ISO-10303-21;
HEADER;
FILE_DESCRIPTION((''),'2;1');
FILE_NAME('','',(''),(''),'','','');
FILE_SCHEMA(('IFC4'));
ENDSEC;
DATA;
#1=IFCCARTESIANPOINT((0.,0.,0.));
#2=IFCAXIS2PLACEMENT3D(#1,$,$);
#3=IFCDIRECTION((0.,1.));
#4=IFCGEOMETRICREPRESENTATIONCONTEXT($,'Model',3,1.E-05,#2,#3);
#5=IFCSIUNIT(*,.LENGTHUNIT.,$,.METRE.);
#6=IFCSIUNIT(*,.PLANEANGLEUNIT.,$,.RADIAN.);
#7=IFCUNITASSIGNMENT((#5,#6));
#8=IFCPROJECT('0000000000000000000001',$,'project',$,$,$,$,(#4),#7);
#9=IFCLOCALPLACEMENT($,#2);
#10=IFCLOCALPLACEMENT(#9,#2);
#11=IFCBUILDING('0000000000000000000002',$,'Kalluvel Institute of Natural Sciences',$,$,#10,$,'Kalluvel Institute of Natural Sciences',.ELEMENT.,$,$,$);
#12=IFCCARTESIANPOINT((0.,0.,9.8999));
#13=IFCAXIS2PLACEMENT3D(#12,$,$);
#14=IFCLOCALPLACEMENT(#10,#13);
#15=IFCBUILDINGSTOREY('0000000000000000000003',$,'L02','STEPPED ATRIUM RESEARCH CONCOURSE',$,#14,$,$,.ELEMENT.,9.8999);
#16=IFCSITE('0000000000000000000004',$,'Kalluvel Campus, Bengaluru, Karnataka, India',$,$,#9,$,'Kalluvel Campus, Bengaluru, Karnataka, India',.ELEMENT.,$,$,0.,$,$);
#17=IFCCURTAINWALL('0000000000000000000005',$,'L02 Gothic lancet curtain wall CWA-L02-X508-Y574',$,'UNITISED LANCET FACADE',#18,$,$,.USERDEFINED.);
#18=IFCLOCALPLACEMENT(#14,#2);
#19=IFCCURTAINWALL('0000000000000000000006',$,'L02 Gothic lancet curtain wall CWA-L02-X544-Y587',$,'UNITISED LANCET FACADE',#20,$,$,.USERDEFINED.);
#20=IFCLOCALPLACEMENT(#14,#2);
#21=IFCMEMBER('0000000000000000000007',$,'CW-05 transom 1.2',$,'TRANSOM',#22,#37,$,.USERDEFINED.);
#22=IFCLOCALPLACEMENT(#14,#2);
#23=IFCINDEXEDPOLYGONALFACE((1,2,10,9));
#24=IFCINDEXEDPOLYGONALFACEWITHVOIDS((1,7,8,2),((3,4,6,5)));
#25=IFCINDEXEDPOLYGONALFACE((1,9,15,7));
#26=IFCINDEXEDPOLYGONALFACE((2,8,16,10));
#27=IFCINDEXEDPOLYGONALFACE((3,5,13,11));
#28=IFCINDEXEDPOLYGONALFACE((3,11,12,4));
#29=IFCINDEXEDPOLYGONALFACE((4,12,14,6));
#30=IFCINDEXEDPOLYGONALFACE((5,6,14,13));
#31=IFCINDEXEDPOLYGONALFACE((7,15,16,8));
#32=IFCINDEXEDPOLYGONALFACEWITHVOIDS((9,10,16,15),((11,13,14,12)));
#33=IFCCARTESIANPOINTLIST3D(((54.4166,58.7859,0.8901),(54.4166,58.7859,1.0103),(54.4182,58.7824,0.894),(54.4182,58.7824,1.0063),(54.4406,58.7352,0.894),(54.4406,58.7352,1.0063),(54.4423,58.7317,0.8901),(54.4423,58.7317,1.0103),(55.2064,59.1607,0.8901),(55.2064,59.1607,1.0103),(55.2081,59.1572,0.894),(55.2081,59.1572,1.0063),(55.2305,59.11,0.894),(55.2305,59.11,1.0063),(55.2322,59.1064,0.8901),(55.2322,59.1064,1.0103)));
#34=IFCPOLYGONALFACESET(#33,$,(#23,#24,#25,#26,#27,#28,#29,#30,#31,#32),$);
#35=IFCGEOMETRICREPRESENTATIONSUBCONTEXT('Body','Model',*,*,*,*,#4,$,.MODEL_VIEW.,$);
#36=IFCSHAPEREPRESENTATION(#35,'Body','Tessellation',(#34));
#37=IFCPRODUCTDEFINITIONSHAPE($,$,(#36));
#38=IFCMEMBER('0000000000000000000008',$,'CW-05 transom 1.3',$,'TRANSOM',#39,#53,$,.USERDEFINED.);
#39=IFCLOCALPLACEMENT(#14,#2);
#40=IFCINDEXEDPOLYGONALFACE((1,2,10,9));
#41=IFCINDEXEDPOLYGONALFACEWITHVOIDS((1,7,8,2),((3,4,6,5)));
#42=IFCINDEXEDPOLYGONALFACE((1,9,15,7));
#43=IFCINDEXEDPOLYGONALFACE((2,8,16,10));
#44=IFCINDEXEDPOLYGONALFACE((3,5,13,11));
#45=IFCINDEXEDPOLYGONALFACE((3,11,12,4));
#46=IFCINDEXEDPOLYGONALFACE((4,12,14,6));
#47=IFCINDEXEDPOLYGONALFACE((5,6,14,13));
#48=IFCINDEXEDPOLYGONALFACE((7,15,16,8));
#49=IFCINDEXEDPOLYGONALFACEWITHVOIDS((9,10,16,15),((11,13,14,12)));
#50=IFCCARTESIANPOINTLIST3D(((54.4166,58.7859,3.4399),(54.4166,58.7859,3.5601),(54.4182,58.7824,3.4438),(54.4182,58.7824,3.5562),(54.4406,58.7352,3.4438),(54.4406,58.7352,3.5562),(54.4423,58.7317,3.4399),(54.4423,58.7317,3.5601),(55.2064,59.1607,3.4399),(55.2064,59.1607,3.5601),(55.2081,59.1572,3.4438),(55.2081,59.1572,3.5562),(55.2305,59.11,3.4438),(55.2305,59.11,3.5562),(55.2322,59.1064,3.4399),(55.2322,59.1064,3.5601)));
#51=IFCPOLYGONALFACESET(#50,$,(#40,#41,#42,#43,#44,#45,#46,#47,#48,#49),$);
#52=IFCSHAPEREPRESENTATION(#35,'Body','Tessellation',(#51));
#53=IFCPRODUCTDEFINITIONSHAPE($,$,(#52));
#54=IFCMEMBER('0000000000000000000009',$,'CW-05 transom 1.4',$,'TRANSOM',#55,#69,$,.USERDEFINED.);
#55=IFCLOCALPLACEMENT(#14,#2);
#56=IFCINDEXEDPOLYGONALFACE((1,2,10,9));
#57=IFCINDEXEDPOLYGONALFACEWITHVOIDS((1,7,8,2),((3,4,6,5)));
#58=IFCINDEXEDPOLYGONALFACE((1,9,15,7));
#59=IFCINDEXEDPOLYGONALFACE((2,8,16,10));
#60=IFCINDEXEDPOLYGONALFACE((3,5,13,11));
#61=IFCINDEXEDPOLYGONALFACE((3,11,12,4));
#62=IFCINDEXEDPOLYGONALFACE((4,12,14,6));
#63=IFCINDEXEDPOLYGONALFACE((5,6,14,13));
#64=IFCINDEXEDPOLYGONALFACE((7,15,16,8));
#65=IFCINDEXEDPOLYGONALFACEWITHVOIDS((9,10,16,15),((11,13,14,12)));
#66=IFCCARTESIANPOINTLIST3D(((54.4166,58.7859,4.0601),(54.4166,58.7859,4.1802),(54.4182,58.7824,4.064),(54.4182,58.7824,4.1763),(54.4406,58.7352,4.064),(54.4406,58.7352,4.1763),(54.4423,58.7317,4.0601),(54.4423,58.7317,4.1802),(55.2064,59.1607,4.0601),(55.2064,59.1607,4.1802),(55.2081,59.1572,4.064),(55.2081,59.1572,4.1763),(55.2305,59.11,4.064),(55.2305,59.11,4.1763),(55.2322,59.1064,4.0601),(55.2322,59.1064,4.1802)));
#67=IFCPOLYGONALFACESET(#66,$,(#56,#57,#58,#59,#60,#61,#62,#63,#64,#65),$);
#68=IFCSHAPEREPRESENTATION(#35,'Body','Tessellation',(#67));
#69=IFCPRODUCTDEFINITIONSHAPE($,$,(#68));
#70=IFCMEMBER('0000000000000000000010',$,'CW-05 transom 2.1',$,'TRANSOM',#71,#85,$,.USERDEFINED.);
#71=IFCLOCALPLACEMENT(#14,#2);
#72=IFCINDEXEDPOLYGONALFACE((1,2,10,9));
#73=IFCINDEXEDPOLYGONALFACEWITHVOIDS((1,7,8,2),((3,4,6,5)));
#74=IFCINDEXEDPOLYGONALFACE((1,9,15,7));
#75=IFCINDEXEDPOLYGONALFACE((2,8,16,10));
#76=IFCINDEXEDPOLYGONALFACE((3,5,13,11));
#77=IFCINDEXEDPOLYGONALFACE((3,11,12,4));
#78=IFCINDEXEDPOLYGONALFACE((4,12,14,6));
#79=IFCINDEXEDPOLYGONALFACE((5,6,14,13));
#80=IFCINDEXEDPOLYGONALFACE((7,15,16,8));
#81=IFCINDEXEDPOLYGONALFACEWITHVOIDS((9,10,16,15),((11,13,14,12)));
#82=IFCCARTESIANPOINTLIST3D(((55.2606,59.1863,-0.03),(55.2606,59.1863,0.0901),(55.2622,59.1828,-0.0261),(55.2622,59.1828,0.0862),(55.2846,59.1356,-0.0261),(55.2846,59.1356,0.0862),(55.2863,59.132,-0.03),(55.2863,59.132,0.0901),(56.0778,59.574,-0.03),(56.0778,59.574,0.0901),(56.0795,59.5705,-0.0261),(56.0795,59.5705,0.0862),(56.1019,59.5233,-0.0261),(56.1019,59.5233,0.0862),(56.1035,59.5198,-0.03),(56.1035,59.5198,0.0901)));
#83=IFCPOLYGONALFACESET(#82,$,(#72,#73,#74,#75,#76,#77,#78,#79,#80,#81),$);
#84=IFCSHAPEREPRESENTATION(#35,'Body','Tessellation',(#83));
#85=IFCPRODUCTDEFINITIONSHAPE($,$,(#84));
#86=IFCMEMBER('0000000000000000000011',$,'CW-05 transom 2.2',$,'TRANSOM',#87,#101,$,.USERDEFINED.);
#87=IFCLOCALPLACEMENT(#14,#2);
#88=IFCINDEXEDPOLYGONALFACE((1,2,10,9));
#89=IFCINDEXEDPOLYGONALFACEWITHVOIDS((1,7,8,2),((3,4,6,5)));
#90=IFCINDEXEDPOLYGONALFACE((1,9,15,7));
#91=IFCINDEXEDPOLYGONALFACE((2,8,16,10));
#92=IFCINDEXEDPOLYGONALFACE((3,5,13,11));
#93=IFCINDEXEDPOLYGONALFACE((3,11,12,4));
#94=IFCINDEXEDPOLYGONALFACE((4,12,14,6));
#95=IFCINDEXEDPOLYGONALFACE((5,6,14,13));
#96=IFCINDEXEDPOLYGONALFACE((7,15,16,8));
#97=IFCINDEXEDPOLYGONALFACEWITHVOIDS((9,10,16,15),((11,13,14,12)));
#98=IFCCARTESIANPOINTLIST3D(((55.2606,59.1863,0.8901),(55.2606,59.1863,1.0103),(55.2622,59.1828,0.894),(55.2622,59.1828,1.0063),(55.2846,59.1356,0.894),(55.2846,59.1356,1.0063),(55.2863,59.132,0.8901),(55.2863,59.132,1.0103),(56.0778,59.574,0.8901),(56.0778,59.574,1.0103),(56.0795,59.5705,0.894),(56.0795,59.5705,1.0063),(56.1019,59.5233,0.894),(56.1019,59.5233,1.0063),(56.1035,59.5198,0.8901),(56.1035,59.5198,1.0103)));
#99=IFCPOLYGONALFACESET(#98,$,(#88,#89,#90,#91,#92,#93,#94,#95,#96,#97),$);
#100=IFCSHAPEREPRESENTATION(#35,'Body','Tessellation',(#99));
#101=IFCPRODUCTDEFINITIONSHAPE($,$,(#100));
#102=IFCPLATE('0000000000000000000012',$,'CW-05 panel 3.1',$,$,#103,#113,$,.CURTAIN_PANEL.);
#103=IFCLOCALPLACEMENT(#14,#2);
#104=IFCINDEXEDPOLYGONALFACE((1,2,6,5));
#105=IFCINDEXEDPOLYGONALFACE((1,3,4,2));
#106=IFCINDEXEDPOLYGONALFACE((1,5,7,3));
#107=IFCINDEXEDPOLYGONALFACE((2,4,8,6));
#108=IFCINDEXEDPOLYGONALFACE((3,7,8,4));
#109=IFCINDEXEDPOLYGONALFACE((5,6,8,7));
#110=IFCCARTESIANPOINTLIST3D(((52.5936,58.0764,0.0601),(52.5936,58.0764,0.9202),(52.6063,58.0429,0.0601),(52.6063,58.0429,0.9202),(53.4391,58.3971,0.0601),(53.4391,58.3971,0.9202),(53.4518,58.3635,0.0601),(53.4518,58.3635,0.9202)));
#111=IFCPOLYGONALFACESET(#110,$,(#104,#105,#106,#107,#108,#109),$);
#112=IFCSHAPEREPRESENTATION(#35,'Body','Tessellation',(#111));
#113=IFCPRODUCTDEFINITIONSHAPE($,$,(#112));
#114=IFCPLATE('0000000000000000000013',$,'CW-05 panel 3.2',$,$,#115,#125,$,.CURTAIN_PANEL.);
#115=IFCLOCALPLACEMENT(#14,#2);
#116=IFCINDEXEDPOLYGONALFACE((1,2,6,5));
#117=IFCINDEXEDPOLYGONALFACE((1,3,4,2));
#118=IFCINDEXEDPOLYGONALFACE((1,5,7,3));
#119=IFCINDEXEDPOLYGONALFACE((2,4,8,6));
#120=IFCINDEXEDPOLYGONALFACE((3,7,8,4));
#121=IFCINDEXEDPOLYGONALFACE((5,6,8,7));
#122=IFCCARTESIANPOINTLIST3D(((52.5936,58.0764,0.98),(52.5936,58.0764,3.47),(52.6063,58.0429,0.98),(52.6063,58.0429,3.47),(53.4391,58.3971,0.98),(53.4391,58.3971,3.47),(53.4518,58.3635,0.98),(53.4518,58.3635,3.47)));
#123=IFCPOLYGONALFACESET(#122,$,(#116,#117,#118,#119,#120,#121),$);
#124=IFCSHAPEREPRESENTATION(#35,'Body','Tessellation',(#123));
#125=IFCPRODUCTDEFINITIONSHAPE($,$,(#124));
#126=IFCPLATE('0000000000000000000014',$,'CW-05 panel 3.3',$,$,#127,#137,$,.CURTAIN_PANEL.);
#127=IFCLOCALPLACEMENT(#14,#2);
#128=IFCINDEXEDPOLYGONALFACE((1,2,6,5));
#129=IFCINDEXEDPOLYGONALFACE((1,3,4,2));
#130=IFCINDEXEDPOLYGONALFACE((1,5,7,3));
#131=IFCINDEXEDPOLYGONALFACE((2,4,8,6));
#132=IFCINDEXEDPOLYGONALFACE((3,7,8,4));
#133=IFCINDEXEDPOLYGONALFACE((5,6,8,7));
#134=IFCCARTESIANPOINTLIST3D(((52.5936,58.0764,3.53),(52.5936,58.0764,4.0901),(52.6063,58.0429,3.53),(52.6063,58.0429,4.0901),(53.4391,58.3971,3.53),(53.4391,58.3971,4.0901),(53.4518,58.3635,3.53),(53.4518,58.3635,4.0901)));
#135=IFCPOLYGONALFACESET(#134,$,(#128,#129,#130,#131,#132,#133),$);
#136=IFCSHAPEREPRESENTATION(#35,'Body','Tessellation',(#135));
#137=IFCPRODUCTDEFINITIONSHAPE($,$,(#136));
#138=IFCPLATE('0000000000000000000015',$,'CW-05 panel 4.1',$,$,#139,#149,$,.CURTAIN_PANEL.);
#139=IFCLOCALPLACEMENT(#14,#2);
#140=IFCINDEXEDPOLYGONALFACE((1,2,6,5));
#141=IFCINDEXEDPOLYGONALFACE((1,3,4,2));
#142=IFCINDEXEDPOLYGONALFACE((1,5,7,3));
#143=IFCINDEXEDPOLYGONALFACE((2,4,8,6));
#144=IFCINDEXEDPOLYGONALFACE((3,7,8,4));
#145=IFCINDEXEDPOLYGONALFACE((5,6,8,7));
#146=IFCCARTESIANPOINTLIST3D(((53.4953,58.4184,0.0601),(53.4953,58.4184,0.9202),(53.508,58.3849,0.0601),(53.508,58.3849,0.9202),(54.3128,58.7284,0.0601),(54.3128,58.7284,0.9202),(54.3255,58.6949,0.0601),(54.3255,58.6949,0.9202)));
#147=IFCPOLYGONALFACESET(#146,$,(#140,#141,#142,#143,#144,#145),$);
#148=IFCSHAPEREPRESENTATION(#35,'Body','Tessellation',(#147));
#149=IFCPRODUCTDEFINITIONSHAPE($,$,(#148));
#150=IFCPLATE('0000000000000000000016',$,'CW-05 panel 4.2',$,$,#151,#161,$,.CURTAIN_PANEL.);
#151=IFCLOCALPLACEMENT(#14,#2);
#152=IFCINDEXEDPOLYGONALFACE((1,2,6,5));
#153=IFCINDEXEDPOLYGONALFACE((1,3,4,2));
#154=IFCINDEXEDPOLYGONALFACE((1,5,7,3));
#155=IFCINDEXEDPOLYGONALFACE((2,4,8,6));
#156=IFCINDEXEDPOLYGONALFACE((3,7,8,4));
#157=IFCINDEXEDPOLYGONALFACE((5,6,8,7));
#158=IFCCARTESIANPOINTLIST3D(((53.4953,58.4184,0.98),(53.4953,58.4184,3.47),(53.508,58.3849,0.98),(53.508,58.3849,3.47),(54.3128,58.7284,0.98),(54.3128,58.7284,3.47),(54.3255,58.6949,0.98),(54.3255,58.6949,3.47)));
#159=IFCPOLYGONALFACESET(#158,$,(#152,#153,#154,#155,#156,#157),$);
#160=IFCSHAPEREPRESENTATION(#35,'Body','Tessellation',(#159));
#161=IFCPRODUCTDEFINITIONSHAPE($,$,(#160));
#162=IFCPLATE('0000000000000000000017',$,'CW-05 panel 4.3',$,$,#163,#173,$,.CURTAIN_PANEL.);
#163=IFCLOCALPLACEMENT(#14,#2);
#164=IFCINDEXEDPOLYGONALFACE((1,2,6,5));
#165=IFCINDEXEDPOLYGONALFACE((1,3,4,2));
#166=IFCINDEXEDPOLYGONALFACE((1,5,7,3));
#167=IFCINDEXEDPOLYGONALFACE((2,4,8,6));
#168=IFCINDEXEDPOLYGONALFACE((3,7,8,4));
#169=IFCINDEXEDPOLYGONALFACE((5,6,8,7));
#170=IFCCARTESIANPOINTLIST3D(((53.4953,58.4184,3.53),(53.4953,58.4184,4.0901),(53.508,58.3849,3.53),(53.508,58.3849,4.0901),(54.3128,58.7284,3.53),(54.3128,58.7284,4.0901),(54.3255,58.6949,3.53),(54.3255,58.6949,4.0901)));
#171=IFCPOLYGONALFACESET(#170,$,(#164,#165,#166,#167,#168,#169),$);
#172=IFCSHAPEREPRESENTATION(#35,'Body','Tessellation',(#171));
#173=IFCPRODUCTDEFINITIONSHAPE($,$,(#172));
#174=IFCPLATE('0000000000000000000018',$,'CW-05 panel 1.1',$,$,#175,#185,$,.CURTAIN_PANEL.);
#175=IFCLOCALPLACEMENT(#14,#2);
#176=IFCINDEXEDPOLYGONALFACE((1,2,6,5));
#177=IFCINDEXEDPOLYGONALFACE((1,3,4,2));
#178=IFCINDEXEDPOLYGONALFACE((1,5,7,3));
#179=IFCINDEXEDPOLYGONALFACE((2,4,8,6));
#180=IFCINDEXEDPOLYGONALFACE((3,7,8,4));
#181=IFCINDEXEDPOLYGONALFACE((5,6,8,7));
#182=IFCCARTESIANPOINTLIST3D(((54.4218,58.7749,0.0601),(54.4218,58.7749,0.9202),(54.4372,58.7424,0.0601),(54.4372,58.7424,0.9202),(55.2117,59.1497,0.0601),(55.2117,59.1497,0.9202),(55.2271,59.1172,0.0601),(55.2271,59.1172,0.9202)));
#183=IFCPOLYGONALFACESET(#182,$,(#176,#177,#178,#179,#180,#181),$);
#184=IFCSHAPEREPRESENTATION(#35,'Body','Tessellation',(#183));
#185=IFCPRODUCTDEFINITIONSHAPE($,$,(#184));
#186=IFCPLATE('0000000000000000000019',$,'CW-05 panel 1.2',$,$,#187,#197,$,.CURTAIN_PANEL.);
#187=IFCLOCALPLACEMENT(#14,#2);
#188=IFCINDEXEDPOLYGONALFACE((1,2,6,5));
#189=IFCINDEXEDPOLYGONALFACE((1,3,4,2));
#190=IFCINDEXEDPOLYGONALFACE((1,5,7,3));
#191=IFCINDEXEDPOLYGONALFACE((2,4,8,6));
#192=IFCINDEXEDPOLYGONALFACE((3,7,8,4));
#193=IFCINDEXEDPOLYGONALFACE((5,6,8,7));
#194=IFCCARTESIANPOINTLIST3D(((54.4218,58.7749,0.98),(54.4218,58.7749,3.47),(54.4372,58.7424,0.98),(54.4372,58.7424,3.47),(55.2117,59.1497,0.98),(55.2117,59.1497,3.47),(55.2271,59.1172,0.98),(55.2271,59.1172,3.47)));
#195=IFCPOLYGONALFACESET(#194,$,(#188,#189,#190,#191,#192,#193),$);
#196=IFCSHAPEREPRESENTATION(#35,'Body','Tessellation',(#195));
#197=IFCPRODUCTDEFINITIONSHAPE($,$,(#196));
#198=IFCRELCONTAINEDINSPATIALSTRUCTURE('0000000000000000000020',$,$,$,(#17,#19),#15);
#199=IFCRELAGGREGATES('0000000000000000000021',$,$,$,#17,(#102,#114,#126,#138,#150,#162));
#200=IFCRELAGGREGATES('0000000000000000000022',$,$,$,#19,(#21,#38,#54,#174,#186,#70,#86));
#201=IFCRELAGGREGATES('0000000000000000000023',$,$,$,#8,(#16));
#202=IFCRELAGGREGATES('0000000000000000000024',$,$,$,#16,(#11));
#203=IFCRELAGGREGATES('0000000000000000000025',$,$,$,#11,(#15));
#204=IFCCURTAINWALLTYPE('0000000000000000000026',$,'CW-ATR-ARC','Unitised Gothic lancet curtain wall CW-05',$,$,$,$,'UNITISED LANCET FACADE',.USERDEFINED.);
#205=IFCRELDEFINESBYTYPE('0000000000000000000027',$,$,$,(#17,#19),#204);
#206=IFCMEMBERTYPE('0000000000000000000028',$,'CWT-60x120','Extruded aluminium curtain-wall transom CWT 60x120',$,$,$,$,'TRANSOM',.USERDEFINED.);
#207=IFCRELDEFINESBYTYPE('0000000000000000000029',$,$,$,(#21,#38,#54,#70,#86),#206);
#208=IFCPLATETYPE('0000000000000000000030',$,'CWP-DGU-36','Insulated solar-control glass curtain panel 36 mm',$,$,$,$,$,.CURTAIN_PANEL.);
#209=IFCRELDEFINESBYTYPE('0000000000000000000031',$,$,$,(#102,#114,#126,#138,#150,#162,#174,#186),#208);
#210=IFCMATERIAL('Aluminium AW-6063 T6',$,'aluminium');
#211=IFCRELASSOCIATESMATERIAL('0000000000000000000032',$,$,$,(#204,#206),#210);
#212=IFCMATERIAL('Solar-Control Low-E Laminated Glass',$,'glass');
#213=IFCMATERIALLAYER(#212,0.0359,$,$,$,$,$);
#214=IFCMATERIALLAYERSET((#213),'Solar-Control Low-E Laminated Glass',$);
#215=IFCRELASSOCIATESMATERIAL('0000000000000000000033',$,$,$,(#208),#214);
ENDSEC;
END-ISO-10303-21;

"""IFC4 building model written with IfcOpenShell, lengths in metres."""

from ifc_helpers import new_model, si_unit, direction, frame, origin, origin_2d, place, context, subcontext, project, spatial, rectangle, hollow_rectangle, extrude, material, layer, layer_set, material_profile, profile_set, type_object, element, aggregate, save


model = new_model("IFC4")

# Units and contexts
model_context = context("Model", 3, precision=1e-05, world=origin(), true_north=direction((0.0, 1.0)))
body_context = subcontext(model_context, "Body", "Model", "MODEL_VIEW")
ifc_project = project(units=[si_unit("LENGTHUNIT", "METRE"), si_unit("PLANEANGLEUNIT", "RADIAN")], contexts=[model_context])

# Site, building, storey
site_placement = place(None, origin())
site = spatial("IfcSite", under=ifc_project, at=site_placement, Name="Kalluvel Campus, Bengaluru, Karnataka, India", LongName="Kalluvel Campus, Bengaluru, Karnataka, India", CompositionType="ELEMENT", RefElevation=0.0)
building_placement = place(site_placement, origin())
building = spatial("IfcBuilding", under=site, at=building_placement, Name="Kalluvel Institute of Natural Sciences", LongName="Kalluvel Institute of Natural Sciences", CompositionType="ELEMENT")
storey_placement = place(building_placement, frame((0.0, 0.0, 9.8999)))
storey = spatial("IfcBuildingStorey", under=building, at=storey_placement, Name="L02", Description="STEPPED ATRIUM RESEARCH CONCOURSE", CompositionType="ELEMENT", Elevation=9.8999)

# Curtain walls
ifc_material_1 = material(Name="Aluminium AW-6063 T6", Category="aluminium")
curtain_wall_type = type_object("IfcCurtainWallType", Name="CW-ATR-ARC", Description="Unitised Gothic lancet curtain wall CW-05", ElementType="UNITISED LANCET FACADE", PredefinedType="USERDEFINED", material=ifc_material_1)
curtain_wall_1_placement = place(storey_placement, origin())
curtain_wall_1 = element("IfcCurtainWall", 1, at=curtain_wall_1_placement, inside=storey, type_object=curtain_wall_type, Name="L02 Gothic lancet curtain wall CWA-L02-X508-Y574", ObjectType="UNITISED LANCET FACADE", PredefinedType="USERDEFINED")
curtain_wall_2_placement = place(storey_placement, origin())
curtain_wall_2 = element("IfcCurtainWall", 2, at=curtain_wall_2_placement, inside=storey, type_object=curtain_wall_type, Name="L02 Gothic lancet curtain wall CWA-L02-X544-Y587", ObjectType="UNITISED LANCET FACADE", PredefinedType="USERDEFINED")

# Members
ifc_material_profile_1 = material_profile(ifc_material_1, hollow_rectangle(XDim=0.0601, YDim=0.1201, WallThickness=0.0039, at=origin_2d()), Name="CWT 60x120")
ifc_profile_set_1 = profile_set([ifc_material_profile_1], Name="Aluminium AW-6063 T6")
member_type_1 = type_object("IfcMemberType", Name="CWT-60x120", Description="Extruded aluminium curtain-wall transom CWT 60x120", ElementType="TRANSOM", PredefinedType="USERDEFINED", material=ifc_profile_set_1)
member_1_placement = place(storey_placement, frame((54.4294, 58.7588, 0.9502), z_axis=(0.903453, 0.428687, 0.0), x_axis=(-0.428687, 0.903453, 0.0)))
member_1 = element("IfcMember", 3, at=member_1_placement, type_object=member_type_1, Name="CW-05 transom 1.2", ObjectType="TRANSOM", PredefinedType="USERDEFINED", context=body_context, shape_type="SweptSolid", body=[
    extrude(hollow_rectangle(XDim=0.0601, YDim=0.1201, WallThickness=0.0039, at=origin_2d()), origin(), (0.0, 0.0, 1.0), 0.8743),
])
member_2_placement = place(storey_placement, frame((54.4294, 58.7588, 3.5), z_axis=(0.903453, 0.428687, 0.0), x_axis=(-0.428687, 0.903453, 0.0)))
member_2 = element("IfcMember", 4, at=member_2_placement, type_object=member_type_1, Name="CW-05 transom 1.3", ObjectType="TRANSOM", PredefinedType="USERDEFINED", context=body_context, shape_type="SweptSolid", body=[
    extrude(hollow_rectangle(XDim=0.0601, YDim=0.1201, WallThickness=0.0039, at=origin_2d()), origin(), (0.0, 0.0, 1.0), 0.8743),
])
member_3_placement = place(storey_placement, frame((54.4294, 58.7588, 4.1201), z_axis=(0.903453, 0.428687, 0.0), x_axis=(-0.428687, 0.903453, 0.0)))
member_3 = element("IfcMember", 5, at=member_3_placement, type_object=member_type_1, Name="CW-05 transom 1.4", ObjectType="TRANSOM", PredefinedType="USERDEFINED", context=body_context, shape_type="SweptSolid", body=[
    extrude(hollow_rectangle(XDim=0.0601, YDim=0.1201, WallThickness=0.0039, at=origin_2d()), origin(), (0.0, 0.0, 1.0), 0.8743),
])
member_4_placement = place(storey_placement, frame((55.2734, 59.1592, 0.03), z_axis=(0.903468, 0.428655, 0.0), x_axis=(-0.428655, 0.903468, 0.0)))
member_4 = element("IfcMember", 6, at=member_4_placement, type_object=member_type_1, Name="CW-05 transom 2.1", ObjectType="TRANSOM", PredefinedType="USERDEFINED", context=body_context, shape_type="SweptSolid", body=[
    extrude(hollow_rectangle(XDim=0.0601, YDim=0.1201, WallThickness=0.0039, at=origin_2d()), origin(), (0.0, 0.0, 1.0), 0.9045),
])
member_5_placement = place(storey_placement, frame((55.2734, 59.1592, 0.9502), z_axis=(0.903468, 0.428655, 0.0), x_axis=(-0.428655, 0.903468, 0.0)))
member_5 = element("IfcMember", 7, at=member_5_placement, type_object=member_type_1, Name="CW-05 transom 2.2", ObjectType="TRANSOM", PredefinedType="USERDEFINED", context=body_context, shape_type="SweptSolid", body=[
    extrude(hollow_rectangle(XDim=0.0601, YDim=0.1201, WallThickness=0.0039, at=origin_2d()), origin(), (0.0, 0.0, 1.0), 0.9045),
])

# Plates
ifc_material_2 = material(Name="Solar-Control Low-E Laminated Glass", Category="glass")
ifc_layer_1 = layer(ifc_material_2, 0.0359)
ifc_layer_set_1 = layer_set([ifc_layer_1], Name="Solar-Control Low-E Laminated Glass")
plate_type = type_object("IfcPlateType", Name="CWP-DGU-36", Description="Insulated solar-control glass curtain panel 36 mm", PredefinedType="CURTAIN_PANEL", material=ifc_layer_set_1)
plate_1_placement = place(storey_placement, frame((53.0227, 58.22, 0.0601), z_axis=(0.0, 0.0, 1.0), x_axis=(0.935014, 0.35461, 0.0)))
plate_1 = element("IfcPlate", 8, at=plate_1_placement, type_object=plate_type, Name="CW-05 panel 3.1", PredefinedType="CURTAIN_PANEL", context=body_context, shape_type="SweptSolid", body=[
    extrude(rectangle(XDim=0.9043, YDim=0.0359, at=origin_2d()), origin(), (0.0, 0.0, 1.0), 0.8601),
])
plate_2_placement = place(storey_placement, frame((53.0227, 58.22, 0.98), z_axis=(0.0, 0.0, 1.0), x_axis=(0.935014, 0.35461, 0.0)))
plate_2 = element("IfcPlate", 9, at=plate_2_placement, type_object=plate_type, Name="CW-05 panel 3.2", PredefinedType="CURTAIN_PANEL", context=body_context, shape_type="SweptSolid", body=[
    extrude(rectangle(XDim=0.9043, YDim=0.0359, at=origin_2d()), origin(), (0.0, 0.0, 1.0), 2.49),
])
plate_3_placement = place(storey_placement, frame((53.0227, 58.22, 3.53), z_axis=(0.0, 0.0, 1.0), x_axis=(0.935014, 0.35461, 0.0)))
plate_3 = element("IfcPlate", 10, at=plate_3_placement, type_object=plate_type, Name="CW-05 panel 3.3", PredefinedType="CURTAIN_PANEL", context=body_context, shape_type="SweptSolid", body=[
    extrude(rectangle(XDim=0.9043, YDim=0.0359, at=origin_2d()), origin(), (0.0, 0.0, 1.0), 0.5601),
])
plate_4_placement = place(storey_placement, frame((53.9104, 58.5566, 0.0601), z_axis=(0.0, 0.0, 1.0), x_axis=(0.935014, 0.35461, 0.0)))
plate_4 = element("IfcPlate", 11, at=plate_4_placement, type_object=plate_type, Name="CW-05 panel 4.1", PredefinedType="CURTAIN_PANEL", context=body_context, shape_type="SweptSolid", body=[
    extrude(rectangle(XDim=0.8743, YDim=0.0359, at=origin_2d()), origin(), (0.0, 0.0, 1.0), 0.8601),
])
plate_5_placement = place(storey_placement, frame((53.9104, 58.5566, 0.98), z_axis=(0.0, 0.0, 1.0), x_axis=(0.935014, 0.35461, 0.0)))
plate_5 = element("IfcPlate", 12, at=plate_5_placement, type_object=plate_type, Name="CW-05 panel 4.2", PredefinedType="CURTAIN_PANEL", context=body_context, shape_type="SweptSolid", body=[
    extrude(rectangle(XDim=0.8743, YDim=0.0359, at=origin_2d()), origin(), (0.0, 0.0, 1.0), 2.49),
])
plate_6_placement = place(storey_placement, frame((53.9104, 58.5566, 3.53), z_axis=(0.0, 0.0, 1.0), x_axis=(0.935014, 0.35461, 0.0)))
plate_6 = element("IfcPlate", 13, at=plate_6_placement, type_object=plate_type, Name="CW-05 panel 4.3", PredefinedType="CURTAIN_PANEL", context=body_context, shape_type="SweptSolid", body=[
    extrude(rectangle(XDim=0.8743, YDim=0.0359, at=origin_2d()), origin(), (0.0, 0.0, 1.0), 0.5601),
])
aggregate(curtain_wall_1, [plate_1, plate_2, plate_3, plate_4, plate_5, plate_6])
plate_7_placement = place(storey_placement, frame((54.8245, 58.946, 0.0601), z_axis=(0.0, 0.0, 1.0), x_axis=(0.903446, 0.428702, 0.0)))
plate_7 = element("IfcPlate", 14, at=plate_7_placement, type_object=plate_type, Name="CW-05 panel 1.1", PredefinedType="CURTAIN_PANEL", context=body_context, shape_type="SweptSolid", body=[
    extrude(rectangle(XDim=0.8743, YDim=0.0359, at=origin_2d()), origin(), (0.0, 0.0, 1.0), 0.8601),
])
plate_8_placement = place(storey_placement, frame((54.8245, 58.946, 0.98), z_axis=(0.0, 0.0, 1.0), x_axis=(0.903446, 0.428702, 0.0)))
plate_8 = element("IfcPlate", 15, at=plate_8_placement, type_object=plate_type, Name="CW-05 panel 1.2", PredefinedType="CURTAIN_PANEL", context=body_context, shape_type="SweptSolid", body=[
    extrude(rectangle(XDim=0.8743, YDim=0.0359, at=origin_2d()), origin(), (0.0, 0.0, 1.0), 2.49),
])
aggregate(curtain_wall_2, [member_1, member_2, member_3, plate_7, plate_8, member_4, member_5])

save(model, "model.ifc")
